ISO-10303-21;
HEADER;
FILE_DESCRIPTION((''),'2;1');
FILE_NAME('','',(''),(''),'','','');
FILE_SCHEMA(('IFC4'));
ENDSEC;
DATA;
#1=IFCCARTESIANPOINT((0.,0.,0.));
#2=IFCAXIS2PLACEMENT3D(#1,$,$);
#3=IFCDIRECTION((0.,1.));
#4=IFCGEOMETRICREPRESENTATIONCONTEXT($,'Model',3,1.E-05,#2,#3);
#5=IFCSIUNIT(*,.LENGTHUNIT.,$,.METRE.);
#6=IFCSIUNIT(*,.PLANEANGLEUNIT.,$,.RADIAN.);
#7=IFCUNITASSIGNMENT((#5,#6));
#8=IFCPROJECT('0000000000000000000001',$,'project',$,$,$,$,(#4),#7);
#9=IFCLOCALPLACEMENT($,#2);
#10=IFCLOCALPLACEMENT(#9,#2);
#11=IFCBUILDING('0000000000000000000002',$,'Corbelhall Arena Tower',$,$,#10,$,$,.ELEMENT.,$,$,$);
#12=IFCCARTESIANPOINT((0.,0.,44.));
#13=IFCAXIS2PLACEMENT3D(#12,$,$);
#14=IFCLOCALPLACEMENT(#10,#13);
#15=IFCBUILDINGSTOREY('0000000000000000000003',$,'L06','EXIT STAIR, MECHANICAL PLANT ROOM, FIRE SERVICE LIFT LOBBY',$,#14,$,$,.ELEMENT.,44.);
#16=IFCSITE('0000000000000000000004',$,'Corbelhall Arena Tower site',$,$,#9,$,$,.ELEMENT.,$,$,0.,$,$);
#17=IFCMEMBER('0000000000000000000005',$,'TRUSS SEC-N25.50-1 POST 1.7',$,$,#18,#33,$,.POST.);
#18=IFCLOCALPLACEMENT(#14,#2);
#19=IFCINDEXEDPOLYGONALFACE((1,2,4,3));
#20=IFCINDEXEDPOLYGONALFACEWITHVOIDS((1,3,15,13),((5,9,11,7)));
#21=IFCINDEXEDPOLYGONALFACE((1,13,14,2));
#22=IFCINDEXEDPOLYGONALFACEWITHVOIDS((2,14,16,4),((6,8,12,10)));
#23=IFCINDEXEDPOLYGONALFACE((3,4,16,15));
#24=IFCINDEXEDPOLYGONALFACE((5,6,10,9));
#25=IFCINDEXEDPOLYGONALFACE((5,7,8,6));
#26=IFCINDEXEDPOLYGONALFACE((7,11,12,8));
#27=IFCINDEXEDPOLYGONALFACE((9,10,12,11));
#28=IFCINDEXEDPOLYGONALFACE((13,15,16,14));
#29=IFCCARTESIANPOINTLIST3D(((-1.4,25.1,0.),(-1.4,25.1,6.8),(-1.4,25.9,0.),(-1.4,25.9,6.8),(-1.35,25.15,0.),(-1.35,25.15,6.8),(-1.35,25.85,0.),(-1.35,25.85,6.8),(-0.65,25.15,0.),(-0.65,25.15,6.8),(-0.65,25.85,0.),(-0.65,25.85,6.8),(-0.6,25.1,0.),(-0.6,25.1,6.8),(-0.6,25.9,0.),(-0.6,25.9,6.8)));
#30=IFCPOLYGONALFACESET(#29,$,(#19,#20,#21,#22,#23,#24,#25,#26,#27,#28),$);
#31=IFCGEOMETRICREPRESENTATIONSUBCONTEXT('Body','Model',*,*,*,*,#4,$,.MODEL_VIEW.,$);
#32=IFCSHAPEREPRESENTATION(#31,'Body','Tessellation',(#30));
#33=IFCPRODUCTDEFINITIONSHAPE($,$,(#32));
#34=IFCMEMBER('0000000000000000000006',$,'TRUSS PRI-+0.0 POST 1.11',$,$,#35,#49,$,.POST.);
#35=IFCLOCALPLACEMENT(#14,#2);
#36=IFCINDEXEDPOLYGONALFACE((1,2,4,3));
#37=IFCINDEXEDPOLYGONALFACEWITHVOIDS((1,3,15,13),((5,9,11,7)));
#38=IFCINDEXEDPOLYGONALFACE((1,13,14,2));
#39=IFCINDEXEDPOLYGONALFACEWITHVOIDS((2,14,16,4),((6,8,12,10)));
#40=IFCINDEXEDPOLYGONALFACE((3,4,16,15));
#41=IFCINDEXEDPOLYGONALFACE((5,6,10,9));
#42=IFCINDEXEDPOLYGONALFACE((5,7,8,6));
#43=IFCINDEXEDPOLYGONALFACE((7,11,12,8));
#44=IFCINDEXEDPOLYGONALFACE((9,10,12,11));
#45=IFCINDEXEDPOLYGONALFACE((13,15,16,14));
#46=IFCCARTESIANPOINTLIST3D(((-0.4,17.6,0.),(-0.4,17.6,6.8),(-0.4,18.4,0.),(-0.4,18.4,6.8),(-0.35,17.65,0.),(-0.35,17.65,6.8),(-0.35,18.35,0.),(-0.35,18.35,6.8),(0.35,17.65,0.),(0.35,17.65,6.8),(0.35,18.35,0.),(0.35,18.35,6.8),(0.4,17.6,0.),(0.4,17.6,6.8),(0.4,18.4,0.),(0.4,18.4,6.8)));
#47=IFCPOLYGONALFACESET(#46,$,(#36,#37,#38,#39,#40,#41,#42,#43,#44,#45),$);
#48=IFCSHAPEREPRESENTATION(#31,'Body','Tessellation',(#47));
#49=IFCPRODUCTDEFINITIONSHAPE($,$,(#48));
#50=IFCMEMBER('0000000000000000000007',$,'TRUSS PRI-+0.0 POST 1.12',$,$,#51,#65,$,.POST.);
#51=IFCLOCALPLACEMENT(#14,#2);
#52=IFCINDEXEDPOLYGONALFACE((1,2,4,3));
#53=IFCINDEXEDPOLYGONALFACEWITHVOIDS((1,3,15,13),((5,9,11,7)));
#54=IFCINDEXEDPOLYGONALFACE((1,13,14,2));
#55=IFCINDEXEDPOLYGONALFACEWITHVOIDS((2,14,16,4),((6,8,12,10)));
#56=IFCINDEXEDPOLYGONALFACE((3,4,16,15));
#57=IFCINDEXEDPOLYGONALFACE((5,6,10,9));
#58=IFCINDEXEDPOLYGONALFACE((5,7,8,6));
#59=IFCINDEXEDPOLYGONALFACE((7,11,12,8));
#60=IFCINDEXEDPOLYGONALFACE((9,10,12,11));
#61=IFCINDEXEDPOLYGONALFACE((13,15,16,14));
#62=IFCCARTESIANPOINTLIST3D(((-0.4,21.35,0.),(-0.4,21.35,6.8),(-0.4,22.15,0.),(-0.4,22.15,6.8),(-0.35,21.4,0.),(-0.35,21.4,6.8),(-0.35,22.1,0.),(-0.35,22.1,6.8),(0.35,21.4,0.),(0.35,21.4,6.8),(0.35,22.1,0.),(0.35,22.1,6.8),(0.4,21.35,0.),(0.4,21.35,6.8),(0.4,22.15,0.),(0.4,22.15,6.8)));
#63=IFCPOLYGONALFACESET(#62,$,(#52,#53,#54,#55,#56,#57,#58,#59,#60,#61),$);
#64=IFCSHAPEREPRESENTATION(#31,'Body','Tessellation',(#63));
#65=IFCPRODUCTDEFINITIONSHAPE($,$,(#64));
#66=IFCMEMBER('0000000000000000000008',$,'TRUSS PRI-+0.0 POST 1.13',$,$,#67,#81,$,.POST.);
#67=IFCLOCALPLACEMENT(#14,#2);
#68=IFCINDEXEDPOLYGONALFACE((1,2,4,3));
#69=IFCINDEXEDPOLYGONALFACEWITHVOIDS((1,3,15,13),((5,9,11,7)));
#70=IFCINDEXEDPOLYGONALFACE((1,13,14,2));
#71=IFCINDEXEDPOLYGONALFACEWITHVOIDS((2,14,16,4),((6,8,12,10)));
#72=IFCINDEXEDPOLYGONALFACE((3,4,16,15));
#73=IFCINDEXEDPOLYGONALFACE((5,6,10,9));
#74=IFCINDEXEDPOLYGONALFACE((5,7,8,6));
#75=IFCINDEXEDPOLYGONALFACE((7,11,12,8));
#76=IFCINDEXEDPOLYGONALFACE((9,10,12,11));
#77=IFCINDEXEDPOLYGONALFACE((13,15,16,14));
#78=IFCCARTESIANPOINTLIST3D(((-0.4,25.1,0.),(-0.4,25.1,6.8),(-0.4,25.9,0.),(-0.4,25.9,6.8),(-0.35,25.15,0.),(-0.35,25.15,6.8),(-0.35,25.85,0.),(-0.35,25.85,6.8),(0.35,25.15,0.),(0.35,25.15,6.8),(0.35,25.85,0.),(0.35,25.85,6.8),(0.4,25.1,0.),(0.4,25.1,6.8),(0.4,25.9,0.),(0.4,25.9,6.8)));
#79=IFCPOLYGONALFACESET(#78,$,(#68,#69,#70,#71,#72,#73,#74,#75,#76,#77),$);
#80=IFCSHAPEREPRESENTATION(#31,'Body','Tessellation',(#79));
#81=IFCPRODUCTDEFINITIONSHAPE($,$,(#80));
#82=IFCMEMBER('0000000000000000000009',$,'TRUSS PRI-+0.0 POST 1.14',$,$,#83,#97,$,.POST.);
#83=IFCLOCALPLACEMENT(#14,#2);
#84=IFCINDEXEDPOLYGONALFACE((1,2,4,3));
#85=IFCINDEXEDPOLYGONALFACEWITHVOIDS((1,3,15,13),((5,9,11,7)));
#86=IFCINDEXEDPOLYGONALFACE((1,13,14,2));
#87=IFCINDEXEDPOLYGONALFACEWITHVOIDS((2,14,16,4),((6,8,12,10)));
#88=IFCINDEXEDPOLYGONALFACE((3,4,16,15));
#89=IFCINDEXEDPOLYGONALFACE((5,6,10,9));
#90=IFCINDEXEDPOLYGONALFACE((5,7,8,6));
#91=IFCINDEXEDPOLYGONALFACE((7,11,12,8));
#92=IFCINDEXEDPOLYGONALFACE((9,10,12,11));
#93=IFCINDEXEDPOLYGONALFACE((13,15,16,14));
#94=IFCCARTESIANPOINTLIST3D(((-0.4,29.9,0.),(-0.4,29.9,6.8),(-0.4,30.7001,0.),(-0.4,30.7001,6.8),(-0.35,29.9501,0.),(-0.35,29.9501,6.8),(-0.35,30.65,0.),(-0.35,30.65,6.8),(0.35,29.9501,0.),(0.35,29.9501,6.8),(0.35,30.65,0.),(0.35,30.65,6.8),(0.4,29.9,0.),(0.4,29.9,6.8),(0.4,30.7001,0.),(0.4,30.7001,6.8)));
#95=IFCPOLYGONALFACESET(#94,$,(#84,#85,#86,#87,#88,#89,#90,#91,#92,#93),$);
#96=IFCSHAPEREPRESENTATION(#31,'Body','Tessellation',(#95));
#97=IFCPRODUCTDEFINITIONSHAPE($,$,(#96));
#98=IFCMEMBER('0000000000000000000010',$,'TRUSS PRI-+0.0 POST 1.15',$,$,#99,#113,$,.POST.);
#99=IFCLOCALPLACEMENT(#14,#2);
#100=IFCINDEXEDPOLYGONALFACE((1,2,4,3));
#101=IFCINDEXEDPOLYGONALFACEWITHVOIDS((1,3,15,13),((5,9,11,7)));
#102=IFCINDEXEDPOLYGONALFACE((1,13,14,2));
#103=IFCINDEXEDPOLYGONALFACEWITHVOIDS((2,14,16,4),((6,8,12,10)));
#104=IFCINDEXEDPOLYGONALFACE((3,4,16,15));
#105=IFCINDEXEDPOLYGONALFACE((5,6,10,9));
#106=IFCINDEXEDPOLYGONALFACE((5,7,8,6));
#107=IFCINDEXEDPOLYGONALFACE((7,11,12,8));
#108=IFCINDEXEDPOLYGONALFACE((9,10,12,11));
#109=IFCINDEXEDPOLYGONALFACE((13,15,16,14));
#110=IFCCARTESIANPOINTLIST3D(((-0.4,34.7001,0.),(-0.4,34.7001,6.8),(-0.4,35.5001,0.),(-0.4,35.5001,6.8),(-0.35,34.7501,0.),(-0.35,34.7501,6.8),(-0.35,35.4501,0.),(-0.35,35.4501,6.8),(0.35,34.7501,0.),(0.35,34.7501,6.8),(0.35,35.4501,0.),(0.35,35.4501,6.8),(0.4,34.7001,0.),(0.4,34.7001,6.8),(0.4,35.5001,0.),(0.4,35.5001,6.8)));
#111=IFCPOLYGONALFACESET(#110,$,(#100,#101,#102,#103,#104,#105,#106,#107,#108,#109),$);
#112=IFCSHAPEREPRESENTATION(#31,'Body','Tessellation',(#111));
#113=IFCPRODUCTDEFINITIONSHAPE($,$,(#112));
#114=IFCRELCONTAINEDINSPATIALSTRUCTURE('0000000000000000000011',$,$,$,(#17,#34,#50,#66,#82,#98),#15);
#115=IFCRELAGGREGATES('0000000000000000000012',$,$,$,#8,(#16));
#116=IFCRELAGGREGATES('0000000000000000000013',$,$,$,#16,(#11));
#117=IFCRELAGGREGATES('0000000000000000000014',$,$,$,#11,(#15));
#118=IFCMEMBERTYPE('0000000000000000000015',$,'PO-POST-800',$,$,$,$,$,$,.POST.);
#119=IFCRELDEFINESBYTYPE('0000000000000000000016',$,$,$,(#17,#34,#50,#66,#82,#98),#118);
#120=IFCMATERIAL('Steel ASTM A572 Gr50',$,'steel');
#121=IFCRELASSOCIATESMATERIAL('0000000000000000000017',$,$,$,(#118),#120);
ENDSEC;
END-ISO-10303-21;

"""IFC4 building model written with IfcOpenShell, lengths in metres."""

from ifc_helpers import new_model, si_unit, direction, frame, origin, origin_2d, place, context, subcontext, project, spatial, hollow_rectangle, extrude, material, material_profile, profile_set, type_object, element, save


model = new_model("IFC4")

# Units and contexts
model_context = context("Model", 3, precision=1e-05, world=origin(), true_north=direction((0.0, 1.0)))
body_context = subcontext(model_context, "Body", "Model", "MODEL_VIEW")
ifc_project = project(units=[si_unit("LENGTHUNIT", "METRE"), si_unit("PLANEANGLEUNIT", "RADIAN")], contexts=[model_context])

# Site, building, storey
site_placement = place(None, origin())
site = spatial("IfcSite", under=ifc_project, at=site_placement, Name="Corbelhall Arena Tower site", CompositionType="ELEMENT", RefElevation=0.0)
building_placement = place(site_placement, origin())
building = spatial("IfcBuilding", under=site, at=building_placement, Name="Corbelhall Arena Tower", CompositionType="ELEMENT")
storey_placement = place(building_placement, frame((0.0, 0.0, 44.0)))
storey = spatial("IfcBuildingStorey", under=building, at=storey_placement, Name="L06", Description="EXIT STAIR, MECHANICAL PLANT ROOM, FIRE SERVICE LIFT LOBBY", CompositionType="ELEMENT", Elevation=44.0)

# Members
ifc_material_1 = material(Name="Steel ASTM A572 Gr50", Category="steel")
ifc_material_profile_1 = material_profile(ifc_material_1, hollow_rectangle(XDim=0.8, YDim=0.8, WallThickness=0.05, at=origin_2d()))
ifc_profile_set_1 = profile_set([ifc_material_profile_1], Name="Steel ASTM A572 Gr50")
member_type_1 = type_object("IfcMemberType", Name="PO-POST-800", PredefinedType="POST", material=ifc_profile_set_1)
for number, where, z_axis, x_axis, name in (
    (1, (-1.0, 25.5, 0.0), (0.0, 0.0, 1.0), (1.0, 0.0, 0.0), "TRUSS SEC-N25.50-1 POST 1.7"),
    (2, (0.0, 18.0, 0.0), (0.0, 0.0, 1.0), (1.0, 0.0, 0.0), "TRUSS PRI-+0.0 POST 1.11"),
    (3, (0.0, 21.75, 0.0), (0.0, 0.0, 1.0), (1.0, 0.0, 0.0), "TRUSS PRI-+0.0 POST 1.12"),
    (4, (0.0, 25.5, 0.0), (0.0, 0.0, 1.0), (1.0, 0.0, 0.0), "TRUSS PRI-+0.0 POST 1.13"),
    (5, (0.0, 30.3, 0.0), (0.0, 0.0, 1.0), (1.0, 0.0, 0.0), "TRUSS PRI-+0.0 POST 1.14"),
    (6, (0.0, 35.1001, 0.0), (0.0, 0.0, 1.0), (1.0, 0.0, 0.0), "TRUSS PRI-+0.0 POST 1.15"),
):
    element("IfcMember", number, at=place(storey_placement, frame(where, z_axis=z_axis, x_axis=x_axis)), inside=storey, type_object=member_type_1, Name=name, PredefinedType="POST", context=body_context, shape_type="SweptSolid", body=[
        extrude(hollow_rectangle(XDim=0.8, YDim=0.8, WallThickness=0.05, at=origin_2d()), origin(), (0.0, 0.0, 1.0), 6.8),
    ])

save(model, "model.ifc")
